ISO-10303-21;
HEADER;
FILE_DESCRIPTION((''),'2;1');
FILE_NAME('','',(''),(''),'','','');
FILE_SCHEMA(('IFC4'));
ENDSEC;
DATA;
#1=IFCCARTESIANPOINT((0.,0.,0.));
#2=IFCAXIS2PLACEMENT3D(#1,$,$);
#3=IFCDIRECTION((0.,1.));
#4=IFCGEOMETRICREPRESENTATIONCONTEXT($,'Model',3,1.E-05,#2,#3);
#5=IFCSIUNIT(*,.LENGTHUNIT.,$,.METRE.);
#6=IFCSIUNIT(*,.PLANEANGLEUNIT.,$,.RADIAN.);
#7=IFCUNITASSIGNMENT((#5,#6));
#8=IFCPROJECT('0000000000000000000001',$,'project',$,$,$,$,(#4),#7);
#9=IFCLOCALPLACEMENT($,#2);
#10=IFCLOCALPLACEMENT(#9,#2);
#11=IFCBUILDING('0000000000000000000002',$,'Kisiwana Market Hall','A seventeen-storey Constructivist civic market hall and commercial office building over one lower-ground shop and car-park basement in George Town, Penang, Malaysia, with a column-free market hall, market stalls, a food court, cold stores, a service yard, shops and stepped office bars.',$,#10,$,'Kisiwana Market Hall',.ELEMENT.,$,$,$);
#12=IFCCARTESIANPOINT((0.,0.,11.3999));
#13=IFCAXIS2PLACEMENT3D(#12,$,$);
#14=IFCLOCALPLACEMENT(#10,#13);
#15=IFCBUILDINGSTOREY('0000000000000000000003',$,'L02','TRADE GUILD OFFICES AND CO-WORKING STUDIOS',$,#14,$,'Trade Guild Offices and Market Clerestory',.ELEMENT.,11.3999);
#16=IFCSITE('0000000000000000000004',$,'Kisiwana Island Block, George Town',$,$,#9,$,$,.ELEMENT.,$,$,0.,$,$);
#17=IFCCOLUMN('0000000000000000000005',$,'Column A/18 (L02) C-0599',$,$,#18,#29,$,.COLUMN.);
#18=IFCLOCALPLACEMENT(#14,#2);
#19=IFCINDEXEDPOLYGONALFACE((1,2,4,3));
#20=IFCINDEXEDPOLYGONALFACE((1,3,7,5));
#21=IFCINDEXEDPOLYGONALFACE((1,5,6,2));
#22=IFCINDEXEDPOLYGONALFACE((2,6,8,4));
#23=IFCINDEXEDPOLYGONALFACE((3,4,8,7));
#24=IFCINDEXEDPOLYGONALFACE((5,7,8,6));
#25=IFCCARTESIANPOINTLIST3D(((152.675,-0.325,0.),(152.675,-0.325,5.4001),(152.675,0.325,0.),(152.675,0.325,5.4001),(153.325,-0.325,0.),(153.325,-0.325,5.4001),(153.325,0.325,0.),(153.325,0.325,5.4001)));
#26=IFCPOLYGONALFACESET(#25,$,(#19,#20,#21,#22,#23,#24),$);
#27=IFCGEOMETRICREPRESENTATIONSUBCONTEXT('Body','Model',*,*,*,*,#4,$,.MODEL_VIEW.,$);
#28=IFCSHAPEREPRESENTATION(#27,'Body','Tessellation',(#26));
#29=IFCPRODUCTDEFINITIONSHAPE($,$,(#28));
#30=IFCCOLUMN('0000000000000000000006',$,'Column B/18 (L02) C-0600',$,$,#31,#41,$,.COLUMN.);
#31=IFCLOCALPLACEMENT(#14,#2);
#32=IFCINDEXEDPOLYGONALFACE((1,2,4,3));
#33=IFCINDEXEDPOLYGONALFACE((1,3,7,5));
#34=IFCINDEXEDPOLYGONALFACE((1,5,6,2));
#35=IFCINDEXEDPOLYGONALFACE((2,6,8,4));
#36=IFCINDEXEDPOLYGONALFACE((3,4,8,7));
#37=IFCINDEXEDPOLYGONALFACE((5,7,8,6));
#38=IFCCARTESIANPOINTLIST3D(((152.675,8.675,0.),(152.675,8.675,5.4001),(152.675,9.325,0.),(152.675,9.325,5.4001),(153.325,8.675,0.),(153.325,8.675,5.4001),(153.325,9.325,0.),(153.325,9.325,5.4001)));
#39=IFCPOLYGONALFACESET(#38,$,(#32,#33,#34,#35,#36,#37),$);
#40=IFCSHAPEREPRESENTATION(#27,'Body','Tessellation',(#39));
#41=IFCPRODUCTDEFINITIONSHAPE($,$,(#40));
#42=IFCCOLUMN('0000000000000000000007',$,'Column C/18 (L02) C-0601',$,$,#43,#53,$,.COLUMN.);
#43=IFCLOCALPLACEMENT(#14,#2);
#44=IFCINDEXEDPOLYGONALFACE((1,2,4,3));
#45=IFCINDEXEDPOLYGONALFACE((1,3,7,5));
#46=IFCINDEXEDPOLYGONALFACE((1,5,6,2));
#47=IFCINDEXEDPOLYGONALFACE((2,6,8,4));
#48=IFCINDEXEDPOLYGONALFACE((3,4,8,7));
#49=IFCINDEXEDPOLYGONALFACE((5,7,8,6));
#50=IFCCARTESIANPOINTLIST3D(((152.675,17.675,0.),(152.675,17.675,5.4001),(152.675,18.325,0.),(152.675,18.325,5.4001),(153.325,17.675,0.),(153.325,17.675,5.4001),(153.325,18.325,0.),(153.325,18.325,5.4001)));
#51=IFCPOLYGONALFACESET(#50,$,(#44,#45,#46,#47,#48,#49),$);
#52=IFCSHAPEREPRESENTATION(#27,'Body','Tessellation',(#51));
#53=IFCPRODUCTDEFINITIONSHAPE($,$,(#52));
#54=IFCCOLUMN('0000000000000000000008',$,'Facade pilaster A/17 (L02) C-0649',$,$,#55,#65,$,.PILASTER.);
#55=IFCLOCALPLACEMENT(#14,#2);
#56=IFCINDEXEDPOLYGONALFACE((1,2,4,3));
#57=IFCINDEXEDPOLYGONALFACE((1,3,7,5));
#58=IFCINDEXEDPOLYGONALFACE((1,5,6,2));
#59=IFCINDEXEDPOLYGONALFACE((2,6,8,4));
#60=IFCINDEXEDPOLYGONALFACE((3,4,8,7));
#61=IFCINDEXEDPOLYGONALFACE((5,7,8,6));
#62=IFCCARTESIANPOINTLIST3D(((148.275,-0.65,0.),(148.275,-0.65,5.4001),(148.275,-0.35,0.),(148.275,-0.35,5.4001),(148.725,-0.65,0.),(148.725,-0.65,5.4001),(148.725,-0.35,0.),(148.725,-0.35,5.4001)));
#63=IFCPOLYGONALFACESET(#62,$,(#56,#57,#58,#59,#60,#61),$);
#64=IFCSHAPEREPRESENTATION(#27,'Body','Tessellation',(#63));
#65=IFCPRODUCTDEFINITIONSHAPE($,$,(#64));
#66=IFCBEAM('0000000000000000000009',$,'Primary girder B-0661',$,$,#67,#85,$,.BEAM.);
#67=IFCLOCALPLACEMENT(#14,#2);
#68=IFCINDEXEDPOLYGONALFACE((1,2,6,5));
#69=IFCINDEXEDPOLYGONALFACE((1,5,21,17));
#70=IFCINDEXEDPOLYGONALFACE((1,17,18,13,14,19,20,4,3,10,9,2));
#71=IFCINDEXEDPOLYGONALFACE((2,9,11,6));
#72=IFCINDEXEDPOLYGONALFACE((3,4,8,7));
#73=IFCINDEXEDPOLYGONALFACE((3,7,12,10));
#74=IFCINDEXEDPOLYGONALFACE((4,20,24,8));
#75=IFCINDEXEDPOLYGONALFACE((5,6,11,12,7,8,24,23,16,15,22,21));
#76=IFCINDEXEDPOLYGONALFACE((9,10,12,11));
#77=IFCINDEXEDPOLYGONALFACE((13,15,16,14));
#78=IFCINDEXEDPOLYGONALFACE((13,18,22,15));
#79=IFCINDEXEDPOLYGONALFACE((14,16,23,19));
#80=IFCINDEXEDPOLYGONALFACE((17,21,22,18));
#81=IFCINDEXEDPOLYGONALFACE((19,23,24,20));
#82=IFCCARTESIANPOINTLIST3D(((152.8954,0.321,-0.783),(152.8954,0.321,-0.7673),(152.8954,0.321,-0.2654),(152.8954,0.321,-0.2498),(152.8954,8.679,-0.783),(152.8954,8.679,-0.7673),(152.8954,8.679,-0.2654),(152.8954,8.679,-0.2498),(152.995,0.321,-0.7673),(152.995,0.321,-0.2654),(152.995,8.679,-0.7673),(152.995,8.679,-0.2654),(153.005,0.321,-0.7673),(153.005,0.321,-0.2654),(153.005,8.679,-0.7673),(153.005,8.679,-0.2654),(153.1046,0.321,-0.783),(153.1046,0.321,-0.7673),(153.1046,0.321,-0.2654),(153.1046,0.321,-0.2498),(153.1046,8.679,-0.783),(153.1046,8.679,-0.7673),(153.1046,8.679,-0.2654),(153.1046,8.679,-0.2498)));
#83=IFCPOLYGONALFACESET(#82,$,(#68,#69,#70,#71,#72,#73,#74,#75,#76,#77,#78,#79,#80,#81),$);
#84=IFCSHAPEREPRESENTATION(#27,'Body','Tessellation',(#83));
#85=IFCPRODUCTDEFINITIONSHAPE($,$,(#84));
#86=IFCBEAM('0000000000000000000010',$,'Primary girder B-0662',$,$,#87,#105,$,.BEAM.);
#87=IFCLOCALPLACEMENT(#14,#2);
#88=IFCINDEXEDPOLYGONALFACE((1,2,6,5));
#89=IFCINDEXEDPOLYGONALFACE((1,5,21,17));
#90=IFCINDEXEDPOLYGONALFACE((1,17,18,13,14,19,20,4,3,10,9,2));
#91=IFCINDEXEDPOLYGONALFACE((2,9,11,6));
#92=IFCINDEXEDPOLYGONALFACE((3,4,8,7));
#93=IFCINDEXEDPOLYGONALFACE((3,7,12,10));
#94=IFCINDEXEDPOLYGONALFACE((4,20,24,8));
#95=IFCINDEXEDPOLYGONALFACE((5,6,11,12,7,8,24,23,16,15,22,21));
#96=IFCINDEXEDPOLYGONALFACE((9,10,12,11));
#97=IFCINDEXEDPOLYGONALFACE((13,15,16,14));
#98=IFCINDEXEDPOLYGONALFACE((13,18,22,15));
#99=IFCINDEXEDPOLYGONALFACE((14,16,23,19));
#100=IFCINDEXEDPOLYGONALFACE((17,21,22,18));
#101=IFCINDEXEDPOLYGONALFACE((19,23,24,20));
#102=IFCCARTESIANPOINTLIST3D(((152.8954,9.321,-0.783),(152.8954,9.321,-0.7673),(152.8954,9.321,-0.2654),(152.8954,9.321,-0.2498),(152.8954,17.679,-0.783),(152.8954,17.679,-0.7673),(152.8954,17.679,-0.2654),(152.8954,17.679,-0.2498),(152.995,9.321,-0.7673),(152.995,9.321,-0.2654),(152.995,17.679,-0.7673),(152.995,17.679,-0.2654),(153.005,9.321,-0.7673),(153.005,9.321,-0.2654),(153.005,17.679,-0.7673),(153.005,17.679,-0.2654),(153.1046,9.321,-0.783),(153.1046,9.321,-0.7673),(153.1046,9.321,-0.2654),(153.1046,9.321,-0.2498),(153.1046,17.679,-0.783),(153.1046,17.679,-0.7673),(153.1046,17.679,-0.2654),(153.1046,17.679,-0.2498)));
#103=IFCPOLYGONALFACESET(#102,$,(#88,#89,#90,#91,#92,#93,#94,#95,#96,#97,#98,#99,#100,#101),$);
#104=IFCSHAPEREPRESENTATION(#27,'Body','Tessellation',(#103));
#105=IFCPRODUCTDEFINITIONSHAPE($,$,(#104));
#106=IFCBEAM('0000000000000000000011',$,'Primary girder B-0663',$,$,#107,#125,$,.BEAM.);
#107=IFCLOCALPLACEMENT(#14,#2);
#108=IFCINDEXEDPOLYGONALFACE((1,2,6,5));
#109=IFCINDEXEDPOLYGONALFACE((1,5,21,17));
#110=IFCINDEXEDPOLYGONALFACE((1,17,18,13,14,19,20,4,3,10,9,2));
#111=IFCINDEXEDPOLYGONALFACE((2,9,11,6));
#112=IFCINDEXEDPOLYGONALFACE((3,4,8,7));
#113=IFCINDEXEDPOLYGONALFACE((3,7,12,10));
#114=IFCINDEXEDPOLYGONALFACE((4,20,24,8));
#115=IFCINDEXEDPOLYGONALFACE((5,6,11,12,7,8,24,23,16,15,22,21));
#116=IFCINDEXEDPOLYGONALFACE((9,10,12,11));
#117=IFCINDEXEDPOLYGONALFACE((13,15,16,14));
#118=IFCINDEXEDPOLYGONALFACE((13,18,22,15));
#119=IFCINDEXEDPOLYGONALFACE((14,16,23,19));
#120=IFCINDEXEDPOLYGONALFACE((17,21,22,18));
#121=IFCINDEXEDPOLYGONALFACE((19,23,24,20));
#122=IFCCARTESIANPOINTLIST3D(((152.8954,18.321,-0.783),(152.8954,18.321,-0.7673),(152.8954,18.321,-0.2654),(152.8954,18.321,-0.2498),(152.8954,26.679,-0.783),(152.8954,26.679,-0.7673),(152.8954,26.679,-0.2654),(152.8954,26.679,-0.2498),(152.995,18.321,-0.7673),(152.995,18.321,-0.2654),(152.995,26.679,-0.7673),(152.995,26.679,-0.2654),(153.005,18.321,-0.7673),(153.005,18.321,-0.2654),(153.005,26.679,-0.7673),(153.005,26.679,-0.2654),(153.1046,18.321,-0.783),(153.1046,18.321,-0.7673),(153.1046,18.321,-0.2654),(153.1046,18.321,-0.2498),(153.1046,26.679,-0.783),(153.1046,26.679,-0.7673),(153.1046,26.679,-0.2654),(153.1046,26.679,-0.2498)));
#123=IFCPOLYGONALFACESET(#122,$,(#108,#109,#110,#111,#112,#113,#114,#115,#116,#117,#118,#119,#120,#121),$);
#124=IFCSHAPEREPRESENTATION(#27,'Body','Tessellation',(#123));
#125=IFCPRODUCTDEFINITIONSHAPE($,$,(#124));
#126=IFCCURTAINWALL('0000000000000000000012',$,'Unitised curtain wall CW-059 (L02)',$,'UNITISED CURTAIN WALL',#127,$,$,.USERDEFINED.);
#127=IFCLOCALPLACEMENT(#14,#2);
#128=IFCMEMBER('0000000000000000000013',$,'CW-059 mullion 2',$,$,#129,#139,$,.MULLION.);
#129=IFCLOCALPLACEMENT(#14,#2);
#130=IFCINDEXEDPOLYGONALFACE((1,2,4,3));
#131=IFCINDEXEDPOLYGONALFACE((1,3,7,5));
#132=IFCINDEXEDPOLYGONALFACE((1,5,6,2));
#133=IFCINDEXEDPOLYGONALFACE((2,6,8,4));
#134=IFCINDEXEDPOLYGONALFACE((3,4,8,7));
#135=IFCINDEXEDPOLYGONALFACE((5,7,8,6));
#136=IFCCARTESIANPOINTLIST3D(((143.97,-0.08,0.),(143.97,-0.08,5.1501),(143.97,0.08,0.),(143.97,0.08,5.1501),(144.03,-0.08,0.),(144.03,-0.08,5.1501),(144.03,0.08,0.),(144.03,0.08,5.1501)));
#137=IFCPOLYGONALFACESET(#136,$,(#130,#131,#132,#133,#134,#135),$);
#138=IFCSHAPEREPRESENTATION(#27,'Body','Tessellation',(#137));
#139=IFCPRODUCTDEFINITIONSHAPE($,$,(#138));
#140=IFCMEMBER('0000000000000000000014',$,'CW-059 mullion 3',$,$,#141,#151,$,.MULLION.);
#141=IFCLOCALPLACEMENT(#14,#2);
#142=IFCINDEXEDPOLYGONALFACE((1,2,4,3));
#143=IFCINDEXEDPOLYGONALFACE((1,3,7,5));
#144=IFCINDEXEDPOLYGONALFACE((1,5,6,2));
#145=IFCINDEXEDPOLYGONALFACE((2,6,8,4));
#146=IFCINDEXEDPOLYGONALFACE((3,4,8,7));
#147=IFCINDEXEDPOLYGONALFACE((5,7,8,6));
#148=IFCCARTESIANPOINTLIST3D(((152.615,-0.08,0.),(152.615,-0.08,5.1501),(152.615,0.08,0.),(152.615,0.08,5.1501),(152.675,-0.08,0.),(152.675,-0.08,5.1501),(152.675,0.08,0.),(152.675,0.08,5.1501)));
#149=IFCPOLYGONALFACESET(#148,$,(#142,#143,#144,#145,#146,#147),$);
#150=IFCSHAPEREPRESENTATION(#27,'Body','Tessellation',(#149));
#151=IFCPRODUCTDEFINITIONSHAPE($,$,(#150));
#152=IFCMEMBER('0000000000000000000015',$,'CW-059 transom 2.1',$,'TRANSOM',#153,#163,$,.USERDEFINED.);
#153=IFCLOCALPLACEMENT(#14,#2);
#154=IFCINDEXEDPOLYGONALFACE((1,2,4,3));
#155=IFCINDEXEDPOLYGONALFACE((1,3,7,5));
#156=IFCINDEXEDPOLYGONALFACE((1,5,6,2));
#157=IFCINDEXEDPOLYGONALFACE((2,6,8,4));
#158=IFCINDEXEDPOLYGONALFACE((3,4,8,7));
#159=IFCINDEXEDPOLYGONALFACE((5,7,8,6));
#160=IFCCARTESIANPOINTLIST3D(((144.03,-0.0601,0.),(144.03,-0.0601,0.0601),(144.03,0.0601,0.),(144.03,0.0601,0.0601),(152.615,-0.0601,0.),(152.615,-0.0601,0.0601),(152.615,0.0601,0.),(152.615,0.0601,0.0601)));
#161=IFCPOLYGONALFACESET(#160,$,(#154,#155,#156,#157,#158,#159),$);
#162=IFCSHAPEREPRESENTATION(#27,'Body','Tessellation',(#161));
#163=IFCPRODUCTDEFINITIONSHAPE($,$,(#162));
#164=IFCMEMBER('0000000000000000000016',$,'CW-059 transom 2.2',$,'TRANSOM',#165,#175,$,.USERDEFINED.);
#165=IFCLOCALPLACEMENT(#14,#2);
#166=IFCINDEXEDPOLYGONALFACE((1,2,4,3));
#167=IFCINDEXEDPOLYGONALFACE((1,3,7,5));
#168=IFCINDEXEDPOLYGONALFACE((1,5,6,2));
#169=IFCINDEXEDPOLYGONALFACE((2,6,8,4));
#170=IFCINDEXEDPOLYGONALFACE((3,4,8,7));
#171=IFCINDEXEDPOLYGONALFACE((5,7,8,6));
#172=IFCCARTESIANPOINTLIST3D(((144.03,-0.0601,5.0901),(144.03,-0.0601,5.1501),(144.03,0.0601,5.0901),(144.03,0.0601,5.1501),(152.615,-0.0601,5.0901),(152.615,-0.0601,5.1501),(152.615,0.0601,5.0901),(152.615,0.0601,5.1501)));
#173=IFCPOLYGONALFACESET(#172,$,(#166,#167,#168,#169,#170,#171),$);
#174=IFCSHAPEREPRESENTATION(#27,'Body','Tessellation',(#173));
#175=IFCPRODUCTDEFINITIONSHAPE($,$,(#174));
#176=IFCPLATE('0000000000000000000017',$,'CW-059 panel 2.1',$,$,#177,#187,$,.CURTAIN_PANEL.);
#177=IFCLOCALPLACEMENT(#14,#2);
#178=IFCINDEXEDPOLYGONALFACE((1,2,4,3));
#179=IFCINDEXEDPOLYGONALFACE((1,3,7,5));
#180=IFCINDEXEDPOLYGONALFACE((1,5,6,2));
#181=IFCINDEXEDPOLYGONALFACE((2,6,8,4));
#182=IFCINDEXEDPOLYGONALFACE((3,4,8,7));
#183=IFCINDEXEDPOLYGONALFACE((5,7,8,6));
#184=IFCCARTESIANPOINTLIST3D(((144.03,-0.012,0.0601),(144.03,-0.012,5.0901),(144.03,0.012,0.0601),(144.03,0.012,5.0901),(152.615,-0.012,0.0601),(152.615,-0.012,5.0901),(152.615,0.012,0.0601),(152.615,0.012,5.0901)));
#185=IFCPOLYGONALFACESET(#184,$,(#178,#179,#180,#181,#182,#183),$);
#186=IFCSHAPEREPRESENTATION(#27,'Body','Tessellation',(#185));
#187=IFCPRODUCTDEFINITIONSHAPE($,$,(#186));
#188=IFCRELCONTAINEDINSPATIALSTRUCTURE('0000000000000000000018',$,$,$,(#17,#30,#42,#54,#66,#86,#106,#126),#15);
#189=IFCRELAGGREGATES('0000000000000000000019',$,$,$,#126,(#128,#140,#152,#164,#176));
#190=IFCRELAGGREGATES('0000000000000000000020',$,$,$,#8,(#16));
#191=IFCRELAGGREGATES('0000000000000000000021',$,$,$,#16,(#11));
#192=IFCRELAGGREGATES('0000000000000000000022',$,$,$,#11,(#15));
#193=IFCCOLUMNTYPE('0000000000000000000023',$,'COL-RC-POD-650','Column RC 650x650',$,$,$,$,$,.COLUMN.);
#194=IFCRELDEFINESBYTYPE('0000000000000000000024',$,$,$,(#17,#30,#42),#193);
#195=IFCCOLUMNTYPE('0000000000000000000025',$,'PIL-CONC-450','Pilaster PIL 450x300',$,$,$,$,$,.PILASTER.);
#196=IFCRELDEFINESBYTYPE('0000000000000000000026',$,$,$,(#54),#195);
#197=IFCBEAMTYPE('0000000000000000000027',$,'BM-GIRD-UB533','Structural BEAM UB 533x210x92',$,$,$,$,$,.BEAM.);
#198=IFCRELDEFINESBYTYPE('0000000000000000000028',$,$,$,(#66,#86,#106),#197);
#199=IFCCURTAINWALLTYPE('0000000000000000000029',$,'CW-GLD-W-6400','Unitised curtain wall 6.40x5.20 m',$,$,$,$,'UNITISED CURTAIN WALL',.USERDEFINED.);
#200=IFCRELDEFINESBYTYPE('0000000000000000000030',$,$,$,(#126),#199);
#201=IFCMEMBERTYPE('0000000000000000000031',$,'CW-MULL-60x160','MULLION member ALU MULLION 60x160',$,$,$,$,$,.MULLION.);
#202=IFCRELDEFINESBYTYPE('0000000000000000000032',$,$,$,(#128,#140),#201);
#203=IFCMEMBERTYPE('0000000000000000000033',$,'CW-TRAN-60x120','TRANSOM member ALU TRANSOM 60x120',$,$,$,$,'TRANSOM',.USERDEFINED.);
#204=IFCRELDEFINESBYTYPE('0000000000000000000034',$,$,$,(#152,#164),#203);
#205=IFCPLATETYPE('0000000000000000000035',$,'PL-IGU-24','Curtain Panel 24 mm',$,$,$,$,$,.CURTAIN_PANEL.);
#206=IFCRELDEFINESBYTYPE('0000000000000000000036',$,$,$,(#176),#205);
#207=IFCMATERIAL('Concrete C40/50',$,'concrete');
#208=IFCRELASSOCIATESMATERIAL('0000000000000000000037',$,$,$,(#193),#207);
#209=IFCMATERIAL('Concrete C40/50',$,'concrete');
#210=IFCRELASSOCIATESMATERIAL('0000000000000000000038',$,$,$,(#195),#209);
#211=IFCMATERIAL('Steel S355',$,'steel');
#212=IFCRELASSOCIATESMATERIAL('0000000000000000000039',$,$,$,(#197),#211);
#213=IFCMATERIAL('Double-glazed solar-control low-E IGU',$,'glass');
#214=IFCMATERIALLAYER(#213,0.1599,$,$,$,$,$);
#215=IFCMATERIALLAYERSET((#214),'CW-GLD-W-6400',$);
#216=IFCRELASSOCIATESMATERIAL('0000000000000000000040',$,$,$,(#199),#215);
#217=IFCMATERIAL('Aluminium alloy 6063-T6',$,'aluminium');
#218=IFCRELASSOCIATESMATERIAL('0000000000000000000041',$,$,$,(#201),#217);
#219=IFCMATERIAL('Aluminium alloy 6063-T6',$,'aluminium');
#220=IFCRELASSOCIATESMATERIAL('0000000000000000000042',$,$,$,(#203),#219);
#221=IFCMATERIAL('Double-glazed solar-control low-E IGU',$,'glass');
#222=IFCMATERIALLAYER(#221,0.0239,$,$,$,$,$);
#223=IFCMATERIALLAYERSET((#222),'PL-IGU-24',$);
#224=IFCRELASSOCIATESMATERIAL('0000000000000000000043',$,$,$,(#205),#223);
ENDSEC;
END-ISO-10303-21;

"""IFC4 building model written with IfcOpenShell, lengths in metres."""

from ifc_helpers import new_model, si_unit, direction, frame, origin, origin_2d, place, context, subcontext, project, spatial, rectangle, i_section, extrude, material, layer, layer_set, material_profile, profile_set, type_object, element, aggregate, save


model = new_model("IFC4")

# Units and contexts
model_context = context("Model", 3, precision=1e-05, world=origin(), true_north=direction((0.0, 1.0)))
body_context = subcontext(model_context, "Body", "Model", "MODEL_VIEW")
ifc_project = project(units=[si_unit("LENGTHUNIT", "METRE"), si_unit("PLANEANGLEUNIT", "RADIAN")], contexts=[model_context])

# Site, building, storey
site_placement = place(None, origin())
site = spatial("IfcSite", under=ifc_project, at=site_placement, Name="Kisiwana Island Block, George Town", CompositionType="ELEMENT", RefElevation=0.0)
building_placement = place(site_placement, origin())
building = spatial("IfcBuilding", under=site, at=building_placement, Name="Kisiwana Market Hall", Description="A seventeen-storey Constructivist civic market hall and commercial office building over one lower-ground shop and car-park basement in George Town, Penang, Malaysia, with a column-free market hall, market stalls, a food court, cold stores, a service yard, shops and stepped office bars.", LongName="Kisiwana Market Hall", CompositionType="ELEMENT")
storey_placement = place(building_placement, frame((0.0, 0.0, 11.3999)))
storey = spatial("IfcBuildingStorey", under=building, at=storey_placement, Name="L02", Description="TRADE GUILD OFFICES AND CO-WORKING STUDIOS", LongName="Trade Guild Offices and Market Clerestory", CompositionType="ELEMENT", Elevation=11.3999)

# Columns
ifc_material_1 = material(Name="Concrete C40/50", Category="concrete")
ifc_material_profile_1 = material_profile(ifc_material_1, rectangle(XDim=0.6499, YDim=0.6499, at=origin_2d()), Name="RC 650x650")
ifc_profile_set_1 = profile_set([ifc_material_profile_1], Name="Concrete C40/50")
column_type_1 = type_object("IfcColumnType", Name="COL-RC-POD-650", Description="Column RC 650x650", PredefinedType="COLUMN", material=ifc_profile_set_1)
for number, where, z_axis, x_axis, name in (
    (1, (153.0, 0.0, 0.0), (0.0, 0.0, 1.0), (1.0, 0.0, 0.0), "Column A/18 (L02) C-0599"),
    (2, (153.0, 9.0, 0.0), (0.0, 0.0, 1.0), (1.0, 0.0, 0.0), "Column B/18 (L02) C-0600"),
    (3, (153.0, 18.0, 0.0), (0.0, 0.0, 1.0), (1.0, 0.0, 0.0), "Column C/18 (L02) C-0601"),
):
    element("IfcColumn", number, at=place(storey_placement, frame(where, z_axis=z_axis, x_axis=x_axis)), inside=storey, type_object=column_type_1, Name=name, PredefinedType="COLUMN", context=body_context, shape_type="SweptSolid", body=[
        extrude(rectangle(XDim=0.6499, YDim=0.6499, at=origin_2d()), origin(), (0.0, 0.0, 1.0), 5.4001),
    ])
ifc_material_2 = material(Name="Concrete C40/50", Category="concrete")
ifc_material_profile_2 = material_profile(ifc_material_2, rectangle(XDim=0.45, YDim=0.3, at=origin_2d()), Name="PIL 450x300")
ifc_profile_set_2 = profile_set([ifc_material_profile_2], Name="Concrete C40/50")
column_type_2 = type_object("IfcColumnType", Name="PIL-CONC-450", Description="Pilaster PIL 450x300", PredefinedType="PILASTER", material=ifc_profile_set_2)
column_placement = place(storey_placement, frame((148.5, -0.5, 0.0), z_axis=(0.0, 0.0, 1.0), x_axis=(1.0, 0.0, 0.0)))
element("IfcColumn", 4, at=column_placement, inside=storey, type_object=column_type_2, Name="Facade pilaster A/17 (L02) C-0649", PredefinedType="PILASTER", context=body_context, shape_type="SweptSolid", body=[
    extrude(rectangle(XDim=0.45, YDim=0.3, at=origin_2d()), origin(), (0.0, 0.0, 1.0), 5.4001),
])

# Beams
ifc_material_3 = material(Name="Steel S355", Category="steel")
ifc_material_profile_3 = material_profile(ifc_material_3, i_section(OverallWidth=0.2092, OverallDepth=0.5332, WebThickness=0.01, FlangeThickness=0.0156, at=origin_2d()), Name="UB 533x210x92")
ifc_profile_set_3 = profile_set([ifc_material_profile_3], Name="Steel S355")
beam_type = type_object("IfcBeamType", Name="BM-GIRD-UB533", Description="Structural BEAM UB 533x210x92", PredefinedType="BEAM", material=ifc_profile_set_3)
for number, where, z_axis, x_axis, name in (
    (5, (153.0, 0.321, -0.5164), (0.0, 1.0, 0.0), (-1.0, 0.0, 0.0), "Primary girder B-0661"),
    (6, (153.0, 9.321, -0.5164), (0.0, 1.0, 0.0), (-1.0, 0.0, 0.0), "Primary girder B-0662"),
    (7, (153.0, 18.321, -0.5164), (0.0, 1.0, 0.0), (-1.0, 0.0, 0.0), "Primary girder B-0663"),
):
    element("IfcBeam", number, at=place(storey_placement, frame(where, z_axis=z_axis, x_axis=x_axis)), inside=storey, type_object=beam_type, Name=name, PredefinedType="BEAM", context=body_context, shape_type="SweptSolid", body=[
        extrude(i_section(OverallWidth=0.2092, OverallDepth=0.5332, WebThickness=0.01, FlangeThickness=0.0156, at=origin_2d()), origin(), (0.0, 0.0, 1.0), 8.3579),
    ])

# Curtain wall, members, plate
ifc_material_4 = material(Name="Double-glazed solar-control low-E IGU", Category="glass")
ifc_layer_1 = layer(ifc_material_4, 0.1599)
ifc_layer_set_1 = layer_set([ifc_layer_1], Name="CW-GLD-W-6400")
curtain_wall_type = type_object("IfcCurtainWallType", Name="CW-GLD-W-6400", Description="Unitised curtain wall 6.40x5.20 m", ElementType="UNITISED CURTAIN WALL", PredefinedType="USERDEFINED", material=ifc_layer_set_1)
curtain_wall_placement = place(storey_placement, origin())
curtain_wall = element("IfcCurtainWall", 8, at=curtain_wall_placement, inside=storey, type_object=curtain_wall_type, Name="Unitised curtain wall CW-059 (L02)", ObjectType="UNITISED CURTAIN WALL", PredefinedType="USERDEFINED")
ifc_material_5 = material(Name="Aluminium alloy 6063-T6", Category="aluminium")
ifc_material_profile_4 = material_profile(ifc_material_5, rectangle(XDim=0.0601, YDim=0.1599, at=origin_2d()), Name="ALU MULLION 60x160")
ifc_profile_set_4 = profile_set([ifc_material_profile_4], Name="Aluminium alloy 6063-T6")
member_type_1 = type_object("IfcMemberType", Name="CW-MULL-60x160", Description="MULLION member ALU MULLION 60x160", PredefinedType="MULLION", material=ifc_profile_set_4)
member_1_placement = place(storey_placement, frame((144.0, 0.0, 0.0), z_axis=(0.0, 0.0, 1.0), x_axis=(1.0, 0.0, 0.0)))
member_1 = element("IfcMember", 9, at=member_1_placement, type_object=member_type_1, Name="CW-059 mullion 2", PredefinedType="MULLION", context=body_context, shape_type="SweptSolid", body=[
    extrude(rectangle(XDim=0.0601, YDim=0.1599, at=origin_2d()), origin(), (0.0, 0.0, 1.0), 5.1501),
])
member_2_placement = place(storey_placement, frame((152.645, 0.0, 0.0), z_axis=(0.0, 0.0, 1.0), x_axis=(1.0, 0.0, 0.0)))
member_2 = element("IfcMember", 10, at=member_2_placement, type_object=member_type_1, Name="CW-059 mullion 3", PredefinedType="MULLION", context=body_context, shape_type="SweptSolid", body=[
    extrude(rectangle(XDim=0.0601, YDim=0.1599, at=origin_2d()), origin(), (0.0, 0.0, 1.0), 5.1501),
])
ifc_material_6 = material(Name="Aluminium alloy 6063-T6", Category="aluminium")
ifc_material_profile_5 = material_profile(ifc_material_6, rectangle(XDim=0.1201, YDim=0.0601, at=origin_2d()), Name="ALU TRANSOM 60x120")
ifc_profile_set_5 = profile_set([ifc_material_profile_5], Name="Aluminium alloy 6063-T6")
member_type_2 = type_object("IfcMemberType", Name="CW-TRAN-60x120", Description="TRANSOM member ALU TRANSOM 60x120", ElementType="TRANSOM", PredefinedType="USERDEFINED", material=ifc_profile_set_5)
member_3_placement = place(storey_placement, frame((144.03, 0.0, 0.03), z_axis=(1.0, 0.0, 0.0), x_axis=(0.0, 1.0, 0.0)))
member_3 = element("IfcMember", 11, at=member_3_placement, type_object=member_type_2, Name="CW-059 transom 2.1", ObjectType="TRANSOM", PredefinedType="USERDEFINED", context=body_context, shape_type="SweptSolid", body=[
    extrude(rectangle(XDim=0.1201, YDim=0.0601, at=origin_2d()), origin(), (0.0, 0.0, 1.0), 8.585),
])
member_4_placement = place(storey_placement, frame((144.03, 0.0, 5.1201), z_axis=(1.0, 0.0, 0.0), x_axis=(0.0, 1.0, 0.0)))
member_4 = element("IfcMember", 12, at=member_4_placement, type_object=member_type_2, Name="CW-059 transom 2.2", ObjectType="TRANSOM", PredefinedType="USERDEFINED", context=body_context, shape_type="SweptSolid", body=[
    extrude(rectangle(XDim=0.1201, YDim=0.0601, at=origin_2d()), origin(), (0.0, 0.0, 1.0), 8.585),
])
ifc_material_7 = material(Name="Double-glazed solar-control low-E IGU", Category="glass")
ifc_layer_2 = layer(ifc_material_7, 0.0239)
ifc_layer_set_2 = layer_set([ifc_layer_2], Name="PL-IGU-24")
plate_type = type_object("IfcPlateType", Name="PL-IGU-24", Description="Curtain Panel 24 mm", PredefinedType="CURTAIN_PANEL", material=ifc_layer_set_2)
plate_placement = place(storey_placement, frame((148.3225, 0.0, 0.0601), z_axis=(0.0, 0.0, 1.0), x_axis=(1.0, 0.0, 0.0)))
plate = element("IfcPlate", 13, at=plate_placement, type_object=plate_type, Name="CW-059 panel 2.1", PredefinedType="CURTAIN_PANEL", context=body_context, shape_type="SweptSolid", body=[
    extrude(rectangle(XDim=8.585, YDim=0.0239, at=origin_2d()), origin(), (0.0, 0.0, 1.0), 5.03),
])
aggregate(curtain_wall, [member_1, member_2, member_3, member_4, plate])

save(model, "model.ifc")
